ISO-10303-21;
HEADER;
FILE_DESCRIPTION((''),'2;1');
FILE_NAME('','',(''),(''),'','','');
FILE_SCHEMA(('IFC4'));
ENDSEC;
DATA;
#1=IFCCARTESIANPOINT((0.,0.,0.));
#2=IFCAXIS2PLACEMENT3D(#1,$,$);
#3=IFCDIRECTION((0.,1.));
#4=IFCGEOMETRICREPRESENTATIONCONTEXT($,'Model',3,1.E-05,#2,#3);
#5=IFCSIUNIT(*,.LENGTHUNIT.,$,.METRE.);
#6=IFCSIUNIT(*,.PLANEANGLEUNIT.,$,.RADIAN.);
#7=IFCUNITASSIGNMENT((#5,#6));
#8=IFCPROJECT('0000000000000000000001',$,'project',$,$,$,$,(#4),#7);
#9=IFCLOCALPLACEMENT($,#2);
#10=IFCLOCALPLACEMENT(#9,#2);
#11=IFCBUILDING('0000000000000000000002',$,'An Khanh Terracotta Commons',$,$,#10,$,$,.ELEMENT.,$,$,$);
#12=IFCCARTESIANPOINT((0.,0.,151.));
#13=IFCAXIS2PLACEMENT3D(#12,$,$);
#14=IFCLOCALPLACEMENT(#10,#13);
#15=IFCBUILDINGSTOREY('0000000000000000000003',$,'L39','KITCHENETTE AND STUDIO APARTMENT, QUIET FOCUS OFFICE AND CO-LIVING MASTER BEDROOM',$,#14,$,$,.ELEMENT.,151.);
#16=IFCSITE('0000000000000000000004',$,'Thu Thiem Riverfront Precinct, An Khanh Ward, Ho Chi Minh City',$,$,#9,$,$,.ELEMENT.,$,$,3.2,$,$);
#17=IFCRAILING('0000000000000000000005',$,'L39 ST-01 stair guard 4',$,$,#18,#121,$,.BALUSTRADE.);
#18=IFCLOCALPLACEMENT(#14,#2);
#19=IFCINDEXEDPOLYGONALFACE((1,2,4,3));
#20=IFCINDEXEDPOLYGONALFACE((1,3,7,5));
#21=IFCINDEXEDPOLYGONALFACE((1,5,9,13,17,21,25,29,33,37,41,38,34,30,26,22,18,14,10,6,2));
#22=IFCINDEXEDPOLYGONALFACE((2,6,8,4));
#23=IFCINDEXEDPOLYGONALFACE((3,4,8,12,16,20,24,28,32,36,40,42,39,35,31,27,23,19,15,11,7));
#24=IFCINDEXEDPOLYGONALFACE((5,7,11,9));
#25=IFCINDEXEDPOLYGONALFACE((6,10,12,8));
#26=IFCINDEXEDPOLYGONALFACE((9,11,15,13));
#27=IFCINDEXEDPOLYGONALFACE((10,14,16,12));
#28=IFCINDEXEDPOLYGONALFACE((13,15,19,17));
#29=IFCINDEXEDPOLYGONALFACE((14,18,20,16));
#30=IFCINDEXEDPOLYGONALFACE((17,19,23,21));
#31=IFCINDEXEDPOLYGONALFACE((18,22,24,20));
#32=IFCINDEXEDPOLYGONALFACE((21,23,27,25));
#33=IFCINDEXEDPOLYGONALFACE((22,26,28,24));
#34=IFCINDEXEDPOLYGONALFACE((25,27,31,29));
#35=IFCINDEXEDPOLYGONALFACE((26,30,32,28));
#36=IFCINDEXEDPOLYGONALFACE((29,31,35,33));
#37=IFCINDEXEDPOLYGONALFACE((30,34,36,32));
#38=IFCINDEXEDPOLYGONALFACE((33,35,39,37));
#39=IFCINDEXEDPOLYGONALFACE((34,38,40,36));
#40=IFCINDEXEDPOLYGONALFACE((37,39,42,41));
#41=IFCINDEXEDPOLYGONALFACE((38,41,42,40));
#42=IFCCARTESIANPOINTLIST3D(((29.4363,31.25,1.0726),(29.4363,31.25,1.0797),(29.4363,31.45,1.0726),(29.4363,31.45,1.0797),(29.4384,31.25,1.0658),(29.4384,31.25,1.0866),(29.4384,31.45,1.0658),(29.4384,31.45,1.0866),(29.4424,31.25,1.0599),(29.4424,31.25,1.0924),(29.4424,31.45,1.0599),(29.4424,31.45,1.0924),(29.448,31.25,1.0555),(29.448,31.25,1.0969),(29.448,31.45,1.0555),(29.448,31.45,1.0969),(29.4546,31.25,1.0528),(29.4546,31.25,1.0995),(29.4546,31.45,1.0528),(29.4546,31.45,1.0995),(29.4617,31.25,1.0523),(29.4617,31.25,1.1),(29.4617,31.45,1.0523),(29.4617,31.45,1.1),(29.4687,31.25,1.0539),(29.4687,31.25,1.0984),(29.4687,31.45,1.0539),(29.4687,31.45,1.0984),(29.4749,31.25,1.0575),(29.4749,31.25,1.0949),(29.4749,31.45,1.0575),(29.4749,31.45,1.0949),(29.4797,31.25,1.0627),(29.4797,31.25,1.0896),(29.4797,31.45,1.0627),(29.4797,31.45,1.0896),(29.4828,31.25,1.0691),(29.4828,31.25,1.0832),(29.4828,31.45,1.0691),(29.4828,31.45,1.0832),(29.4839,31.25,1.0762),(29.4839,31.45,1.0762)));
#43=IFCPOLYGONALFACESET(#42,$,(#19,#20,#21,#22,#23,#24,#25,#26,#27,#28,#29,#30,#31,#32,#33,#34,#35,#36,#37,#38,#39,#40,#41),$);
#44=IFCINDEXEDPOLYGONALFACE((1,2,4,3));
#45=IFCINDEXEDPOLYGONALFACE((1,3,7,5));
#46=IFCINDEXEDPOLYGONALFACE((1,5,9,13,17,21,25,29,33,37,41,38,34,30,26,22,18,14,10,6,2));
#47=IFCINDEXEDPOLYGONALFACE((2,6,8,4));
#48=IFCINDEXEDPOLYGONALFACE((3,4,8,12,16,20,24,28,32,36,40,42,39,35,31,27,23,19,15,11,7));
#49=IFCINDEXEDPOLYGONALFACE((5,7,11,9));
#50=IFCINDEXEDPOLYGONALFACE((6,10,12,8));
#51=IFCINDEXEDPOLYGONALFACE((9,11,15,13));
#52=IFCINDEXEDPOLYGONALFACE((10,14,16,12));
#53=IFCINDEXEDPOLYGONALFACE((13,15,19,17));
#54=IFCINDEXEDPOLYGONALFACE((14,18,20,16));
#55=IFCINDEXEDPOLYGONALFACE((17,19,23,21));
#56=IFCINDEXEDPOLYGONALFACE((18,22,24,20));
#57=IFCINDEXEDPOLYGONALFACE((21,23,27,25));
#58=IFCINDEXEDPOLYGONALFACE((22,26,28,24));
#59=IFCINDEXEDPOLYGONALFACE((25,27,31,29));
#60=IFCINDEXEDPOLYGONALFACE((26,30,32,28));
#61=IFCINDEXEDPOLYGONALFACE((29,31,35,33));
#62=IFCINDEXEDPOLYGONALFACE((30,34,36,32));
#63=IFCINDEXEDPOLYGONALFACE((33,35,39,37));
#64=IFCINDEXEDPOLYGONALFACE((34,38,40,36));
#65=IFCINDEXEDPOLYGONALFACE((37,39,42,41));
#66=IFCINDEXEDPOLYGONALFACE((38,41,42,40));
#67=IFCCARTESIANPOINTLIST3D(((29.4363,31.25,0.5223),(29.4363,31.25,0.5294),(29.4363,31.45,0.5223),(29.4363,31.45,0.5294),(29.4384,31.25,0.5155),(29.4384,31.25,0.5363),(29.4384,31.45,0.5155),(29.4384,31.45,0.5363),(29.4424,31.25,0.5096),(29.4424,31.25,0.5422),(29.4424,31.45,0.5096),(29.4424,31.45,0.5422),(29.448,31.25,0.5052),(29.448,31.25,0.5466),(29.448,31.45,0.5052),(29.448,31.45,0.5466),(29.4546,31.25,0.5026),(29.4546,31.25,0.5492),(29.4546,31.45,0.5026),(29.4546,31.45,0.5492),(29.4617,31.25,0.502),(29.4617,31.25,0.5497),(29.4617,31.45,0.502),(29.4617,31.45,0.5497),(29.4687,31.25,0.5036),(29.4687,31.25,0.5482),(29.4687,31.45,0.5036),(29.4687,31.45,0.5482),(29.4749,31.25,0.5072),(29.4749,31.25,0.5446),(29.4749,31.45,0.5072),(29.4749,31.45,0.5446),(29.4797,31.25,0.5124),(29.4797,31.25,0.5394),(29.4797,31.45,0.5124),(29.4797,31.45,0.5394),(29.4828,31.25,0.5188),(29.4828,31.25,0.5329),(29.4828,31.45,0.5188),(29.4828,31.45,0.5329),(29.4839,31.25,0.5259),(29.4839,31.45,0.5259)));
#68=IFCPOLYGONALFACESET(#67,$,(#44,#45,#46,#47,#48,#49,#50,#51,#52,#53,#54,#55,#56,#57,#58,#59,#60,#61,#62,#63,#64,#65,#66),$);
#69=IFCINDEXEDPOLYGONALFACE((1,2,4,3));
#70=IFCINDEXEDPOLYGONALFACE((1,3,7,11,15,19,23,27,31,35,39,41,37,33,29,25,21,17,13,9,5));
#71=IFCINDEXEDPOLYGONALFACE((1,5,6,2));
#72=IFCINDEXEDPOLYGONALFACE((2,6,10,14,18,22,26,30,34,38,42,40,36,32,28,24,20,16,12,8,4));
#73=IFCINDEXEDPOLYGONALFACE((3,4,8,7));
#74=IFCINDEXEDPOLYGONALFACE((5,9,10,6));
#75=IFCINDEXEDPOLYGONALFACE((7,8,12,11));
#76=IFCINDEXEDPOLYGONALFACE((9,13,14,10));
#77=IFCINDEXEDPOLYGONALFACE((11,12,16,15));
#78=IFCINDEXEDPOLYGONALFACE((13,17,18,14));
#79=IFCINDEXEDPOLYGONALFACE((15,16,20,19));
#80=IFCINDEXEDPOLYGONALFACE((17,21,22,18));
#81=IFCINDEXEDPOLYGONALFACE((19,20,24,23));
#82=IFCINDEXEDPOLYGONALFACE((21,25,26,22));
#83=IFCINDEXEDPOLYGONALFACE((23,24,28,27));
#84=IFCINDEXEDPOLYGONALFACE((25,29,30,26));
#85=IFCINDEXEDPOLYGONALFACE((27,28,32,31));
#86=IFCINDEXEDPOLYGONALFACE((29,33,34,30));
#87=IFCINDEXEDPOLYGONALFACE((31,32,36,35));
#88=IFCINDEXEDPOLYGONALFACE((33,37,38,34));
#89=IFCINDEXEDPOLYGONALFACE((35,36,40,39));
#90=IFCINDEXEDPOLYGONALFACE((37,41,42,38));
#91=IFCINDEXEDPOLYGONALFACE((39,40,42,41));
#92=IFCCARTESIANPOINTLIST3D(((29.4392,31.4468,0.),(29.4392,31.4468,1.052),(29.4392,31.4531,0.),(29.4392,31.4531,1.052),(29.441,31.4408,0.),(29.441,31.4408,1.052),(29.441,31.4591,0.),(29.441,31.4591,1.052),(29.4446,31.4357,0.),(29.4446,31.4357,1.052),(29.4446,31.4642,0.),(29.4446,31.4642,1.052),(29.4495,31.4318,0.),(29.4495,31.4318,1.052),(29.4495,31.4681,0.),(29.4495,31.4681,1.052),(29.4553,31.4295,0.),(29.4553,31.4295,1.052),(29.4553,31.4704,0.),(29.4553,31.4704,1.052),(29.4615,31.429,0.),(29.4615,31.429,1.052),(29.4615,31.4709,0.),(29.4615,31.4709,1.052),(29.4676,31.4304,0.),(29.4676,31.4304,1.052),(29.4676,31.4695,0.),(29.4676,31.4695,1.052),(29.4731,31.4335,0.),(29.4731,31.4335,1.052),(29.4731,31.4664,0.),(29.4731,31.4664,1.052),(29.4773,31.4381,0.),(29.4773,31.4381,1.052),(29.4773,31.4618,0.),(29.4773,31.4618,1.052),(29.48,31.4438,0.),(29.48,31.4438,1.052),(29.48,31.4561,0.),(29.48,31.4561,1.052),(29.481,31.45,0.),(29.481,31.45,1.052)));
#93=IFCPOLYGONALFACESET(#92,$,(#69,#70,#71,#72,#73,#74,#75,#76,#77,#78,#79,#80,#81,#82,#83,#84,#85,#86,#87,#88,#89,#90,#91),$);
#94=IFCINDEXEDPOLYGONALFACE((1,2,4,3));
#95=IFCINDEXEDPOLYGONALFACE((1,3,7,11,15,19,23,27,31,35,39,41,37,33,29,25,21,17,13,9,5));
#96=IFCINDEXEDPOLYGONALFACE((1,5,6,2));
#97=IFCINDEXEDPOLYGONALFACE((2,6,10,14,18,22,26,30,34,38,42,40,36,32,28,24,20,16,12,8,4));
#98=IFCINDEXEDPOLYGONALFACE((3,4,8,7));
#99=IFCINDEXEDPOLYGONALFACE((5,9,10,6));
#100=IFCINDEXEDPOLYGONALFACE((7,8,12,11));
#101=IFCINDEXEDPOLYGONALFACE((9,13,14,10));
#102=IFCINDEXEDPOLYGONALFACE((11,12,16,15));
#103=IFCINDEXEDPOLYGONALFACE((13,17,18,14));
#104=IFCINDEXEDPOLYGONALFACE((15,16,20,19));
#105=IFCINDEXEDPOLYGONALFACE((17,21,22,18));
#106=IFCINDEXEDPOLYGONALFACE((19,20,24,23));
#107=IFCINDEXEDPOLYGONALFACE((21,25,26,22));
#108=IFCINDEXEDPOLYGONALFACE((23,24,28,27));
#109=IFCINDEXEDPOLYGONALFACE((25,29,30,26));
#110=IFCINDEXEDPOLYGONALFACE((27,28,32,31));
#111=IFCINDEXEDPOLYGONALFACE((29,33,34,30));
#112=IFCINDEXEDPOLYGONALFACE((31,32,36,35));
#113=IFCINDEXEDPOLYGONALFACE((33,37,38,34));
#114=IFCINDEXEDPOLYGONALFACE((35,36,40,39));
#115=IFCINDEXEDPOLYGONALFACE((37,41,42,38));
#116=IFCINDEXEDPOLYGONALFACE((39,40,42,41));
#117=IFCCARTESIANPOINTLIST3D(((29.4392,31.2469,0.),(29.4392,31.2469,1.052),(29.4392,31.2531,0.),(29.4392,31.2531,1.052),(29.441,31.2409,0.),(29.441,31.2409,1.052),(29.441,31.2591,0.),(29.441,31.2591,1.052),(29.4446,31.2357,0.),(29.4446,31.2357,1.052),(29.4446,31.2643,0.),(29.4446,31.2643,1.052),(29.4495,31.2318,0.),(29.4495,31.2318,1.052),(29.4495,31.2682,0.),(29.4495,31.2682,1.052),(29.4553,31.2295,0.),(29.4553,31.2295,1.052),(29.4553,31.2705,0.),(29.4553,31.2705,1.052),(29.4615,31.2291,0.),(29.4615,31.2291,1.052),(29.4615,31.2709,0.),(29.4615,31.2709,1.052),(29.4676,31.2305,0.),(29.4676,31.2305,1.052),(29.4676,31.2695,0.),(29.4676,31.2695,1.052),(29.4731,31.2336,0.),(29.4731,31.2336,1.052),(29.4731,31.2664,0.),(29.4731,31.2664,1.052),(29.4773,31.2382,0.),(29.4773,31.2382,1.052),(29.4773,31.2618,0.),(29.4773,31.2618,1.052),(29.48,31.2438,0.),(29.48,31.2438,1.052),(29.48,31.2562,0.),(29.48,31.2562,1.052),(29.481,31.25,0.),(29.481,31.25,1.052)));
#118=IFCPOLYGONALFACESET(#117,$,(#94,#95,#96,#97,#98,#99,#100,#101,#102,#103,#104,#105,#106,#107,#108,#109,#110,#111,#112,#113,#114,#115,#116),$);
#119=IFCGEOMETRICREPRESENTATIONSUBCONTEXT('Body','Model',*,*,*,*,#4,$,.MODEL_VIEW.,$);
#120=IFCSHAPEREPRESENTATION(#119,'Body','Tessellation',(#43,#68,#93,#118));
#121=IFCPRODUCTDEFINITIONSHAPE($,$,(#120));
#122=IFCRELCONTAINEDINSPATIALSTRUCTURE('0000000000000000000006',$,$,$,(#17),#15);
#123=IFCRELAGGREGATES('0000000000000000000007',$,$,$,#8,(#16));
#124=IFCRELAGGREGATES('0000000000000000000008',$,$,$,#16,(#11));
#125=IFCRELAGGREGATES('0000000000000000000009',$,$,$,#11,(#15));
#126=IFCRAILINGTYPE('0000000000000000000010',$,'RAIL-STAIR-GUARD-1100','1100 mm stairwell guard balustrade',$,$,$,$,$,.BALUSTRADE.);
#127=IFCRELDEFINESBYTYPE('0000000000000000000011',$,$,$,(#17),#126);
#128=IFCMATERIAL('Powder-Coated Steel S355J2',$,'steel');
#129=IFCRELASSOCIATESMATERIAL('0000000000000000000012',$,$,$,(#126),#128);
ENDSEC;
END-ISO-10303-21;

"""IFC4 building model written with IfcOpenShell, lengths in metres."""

from ifc_helpers import new_model, si_unit, direction, frame, origin, origin_2d, place, context, subcontext, project, spatial, circle, extrude, material, type_object, element, save


model = new_model("IFC4")

# Units and contexts
model_context = context("Model", 3, precision=1e-05, world=origin(), true_north=direction((0.0, 1.0)))
body_context = subcontext(model_context, "Body", "Model", "MODEL_VIEW")
ifc_project = project(units=[si_unit("LENGTHUNIT", "METRE"), si_unit("PLANEANGLEUNIT", "RADIAN")], contexts=[model_context])

# Site, building, storey
site_placement = place(None, origin())
site = spatial("IfcSite", under=ifc_project, at=site_placement, Name="Thu Thiem Riverfront Precinct, An Khanh Ward, Ho Chi Minh City", CompositionType="ELEMENT", RefElevation=3.2)
building_placement = place(site_placement, origin())
building = spatial("IfcBuilding", under=site, at=building_placement, Name="An Khanh Terracotta Commons", CompositionType="ELEMENT")
storey_placement = place(building_placement, frame((0.0, 0.0, 151.0)))
storey = spatial("IfcBuildingStorey", under=building, at=storey_placement, Name="L39", Description="KITCHENETTE AND STUDIO APARTMENT, QUIET FOCUS OFFICE AND CO-LIVING MASTER BEDROOM", CompositionType="ELEMENT", Elevation=151.0)

# Railing
ifc_material_1 = material(Name="Powder-Coated Steel S355J2", Category="steel")
railing_type_1 = type_object("IfcRailingType", Name="RAIL-STAIR-GUARD-1100", Description="1100 mm stairwell guard balustrade", PredefinedType="BALUSTRADE", material=ifc_material_1)
railing_1_placement = place(storey_placement, frame((29.46, 31.45, 0.0)))
element("IfcRailing", 1, at=railing_1_placement, inside=storey, type_object=railing_type_1, Name="L39 ST-01 stair guard 4", PredefinedType="BALUSTRADE", context=body_context, shape_type="SweptSolid", body=[
    extrude(circle(Radius=0.0239, at=origin_2d()), frame((0.0, 0.0, 1.0762), z_axis=(0.0, -1.0, 0.0), x_axis=(1.0, 0.0, 0.0)), (0.0, 0.0, 1.0), 0.2),
    extrude(circle(Radius=0.0239, at=origin_2d()), frame((0.0, 0.0, 0.5259), z_axis=(0.0, -1.0, 0.0), x_axis=(1.0, 0.0, 0.0)), (0.0, 0.0, 1.0), 0.2),
    extrude(circle(Radius=0.021, at=origin_2d()), origin(), (0.0, 0.0, 1.0), 1.052),
    extrude(circle(Radius=0.021, at=origin_2d()), frame((0.0, -0.2, 0.0)), (0.0, 0.0, 1.0), 1.052),
])

save(model, "model.ifc")
